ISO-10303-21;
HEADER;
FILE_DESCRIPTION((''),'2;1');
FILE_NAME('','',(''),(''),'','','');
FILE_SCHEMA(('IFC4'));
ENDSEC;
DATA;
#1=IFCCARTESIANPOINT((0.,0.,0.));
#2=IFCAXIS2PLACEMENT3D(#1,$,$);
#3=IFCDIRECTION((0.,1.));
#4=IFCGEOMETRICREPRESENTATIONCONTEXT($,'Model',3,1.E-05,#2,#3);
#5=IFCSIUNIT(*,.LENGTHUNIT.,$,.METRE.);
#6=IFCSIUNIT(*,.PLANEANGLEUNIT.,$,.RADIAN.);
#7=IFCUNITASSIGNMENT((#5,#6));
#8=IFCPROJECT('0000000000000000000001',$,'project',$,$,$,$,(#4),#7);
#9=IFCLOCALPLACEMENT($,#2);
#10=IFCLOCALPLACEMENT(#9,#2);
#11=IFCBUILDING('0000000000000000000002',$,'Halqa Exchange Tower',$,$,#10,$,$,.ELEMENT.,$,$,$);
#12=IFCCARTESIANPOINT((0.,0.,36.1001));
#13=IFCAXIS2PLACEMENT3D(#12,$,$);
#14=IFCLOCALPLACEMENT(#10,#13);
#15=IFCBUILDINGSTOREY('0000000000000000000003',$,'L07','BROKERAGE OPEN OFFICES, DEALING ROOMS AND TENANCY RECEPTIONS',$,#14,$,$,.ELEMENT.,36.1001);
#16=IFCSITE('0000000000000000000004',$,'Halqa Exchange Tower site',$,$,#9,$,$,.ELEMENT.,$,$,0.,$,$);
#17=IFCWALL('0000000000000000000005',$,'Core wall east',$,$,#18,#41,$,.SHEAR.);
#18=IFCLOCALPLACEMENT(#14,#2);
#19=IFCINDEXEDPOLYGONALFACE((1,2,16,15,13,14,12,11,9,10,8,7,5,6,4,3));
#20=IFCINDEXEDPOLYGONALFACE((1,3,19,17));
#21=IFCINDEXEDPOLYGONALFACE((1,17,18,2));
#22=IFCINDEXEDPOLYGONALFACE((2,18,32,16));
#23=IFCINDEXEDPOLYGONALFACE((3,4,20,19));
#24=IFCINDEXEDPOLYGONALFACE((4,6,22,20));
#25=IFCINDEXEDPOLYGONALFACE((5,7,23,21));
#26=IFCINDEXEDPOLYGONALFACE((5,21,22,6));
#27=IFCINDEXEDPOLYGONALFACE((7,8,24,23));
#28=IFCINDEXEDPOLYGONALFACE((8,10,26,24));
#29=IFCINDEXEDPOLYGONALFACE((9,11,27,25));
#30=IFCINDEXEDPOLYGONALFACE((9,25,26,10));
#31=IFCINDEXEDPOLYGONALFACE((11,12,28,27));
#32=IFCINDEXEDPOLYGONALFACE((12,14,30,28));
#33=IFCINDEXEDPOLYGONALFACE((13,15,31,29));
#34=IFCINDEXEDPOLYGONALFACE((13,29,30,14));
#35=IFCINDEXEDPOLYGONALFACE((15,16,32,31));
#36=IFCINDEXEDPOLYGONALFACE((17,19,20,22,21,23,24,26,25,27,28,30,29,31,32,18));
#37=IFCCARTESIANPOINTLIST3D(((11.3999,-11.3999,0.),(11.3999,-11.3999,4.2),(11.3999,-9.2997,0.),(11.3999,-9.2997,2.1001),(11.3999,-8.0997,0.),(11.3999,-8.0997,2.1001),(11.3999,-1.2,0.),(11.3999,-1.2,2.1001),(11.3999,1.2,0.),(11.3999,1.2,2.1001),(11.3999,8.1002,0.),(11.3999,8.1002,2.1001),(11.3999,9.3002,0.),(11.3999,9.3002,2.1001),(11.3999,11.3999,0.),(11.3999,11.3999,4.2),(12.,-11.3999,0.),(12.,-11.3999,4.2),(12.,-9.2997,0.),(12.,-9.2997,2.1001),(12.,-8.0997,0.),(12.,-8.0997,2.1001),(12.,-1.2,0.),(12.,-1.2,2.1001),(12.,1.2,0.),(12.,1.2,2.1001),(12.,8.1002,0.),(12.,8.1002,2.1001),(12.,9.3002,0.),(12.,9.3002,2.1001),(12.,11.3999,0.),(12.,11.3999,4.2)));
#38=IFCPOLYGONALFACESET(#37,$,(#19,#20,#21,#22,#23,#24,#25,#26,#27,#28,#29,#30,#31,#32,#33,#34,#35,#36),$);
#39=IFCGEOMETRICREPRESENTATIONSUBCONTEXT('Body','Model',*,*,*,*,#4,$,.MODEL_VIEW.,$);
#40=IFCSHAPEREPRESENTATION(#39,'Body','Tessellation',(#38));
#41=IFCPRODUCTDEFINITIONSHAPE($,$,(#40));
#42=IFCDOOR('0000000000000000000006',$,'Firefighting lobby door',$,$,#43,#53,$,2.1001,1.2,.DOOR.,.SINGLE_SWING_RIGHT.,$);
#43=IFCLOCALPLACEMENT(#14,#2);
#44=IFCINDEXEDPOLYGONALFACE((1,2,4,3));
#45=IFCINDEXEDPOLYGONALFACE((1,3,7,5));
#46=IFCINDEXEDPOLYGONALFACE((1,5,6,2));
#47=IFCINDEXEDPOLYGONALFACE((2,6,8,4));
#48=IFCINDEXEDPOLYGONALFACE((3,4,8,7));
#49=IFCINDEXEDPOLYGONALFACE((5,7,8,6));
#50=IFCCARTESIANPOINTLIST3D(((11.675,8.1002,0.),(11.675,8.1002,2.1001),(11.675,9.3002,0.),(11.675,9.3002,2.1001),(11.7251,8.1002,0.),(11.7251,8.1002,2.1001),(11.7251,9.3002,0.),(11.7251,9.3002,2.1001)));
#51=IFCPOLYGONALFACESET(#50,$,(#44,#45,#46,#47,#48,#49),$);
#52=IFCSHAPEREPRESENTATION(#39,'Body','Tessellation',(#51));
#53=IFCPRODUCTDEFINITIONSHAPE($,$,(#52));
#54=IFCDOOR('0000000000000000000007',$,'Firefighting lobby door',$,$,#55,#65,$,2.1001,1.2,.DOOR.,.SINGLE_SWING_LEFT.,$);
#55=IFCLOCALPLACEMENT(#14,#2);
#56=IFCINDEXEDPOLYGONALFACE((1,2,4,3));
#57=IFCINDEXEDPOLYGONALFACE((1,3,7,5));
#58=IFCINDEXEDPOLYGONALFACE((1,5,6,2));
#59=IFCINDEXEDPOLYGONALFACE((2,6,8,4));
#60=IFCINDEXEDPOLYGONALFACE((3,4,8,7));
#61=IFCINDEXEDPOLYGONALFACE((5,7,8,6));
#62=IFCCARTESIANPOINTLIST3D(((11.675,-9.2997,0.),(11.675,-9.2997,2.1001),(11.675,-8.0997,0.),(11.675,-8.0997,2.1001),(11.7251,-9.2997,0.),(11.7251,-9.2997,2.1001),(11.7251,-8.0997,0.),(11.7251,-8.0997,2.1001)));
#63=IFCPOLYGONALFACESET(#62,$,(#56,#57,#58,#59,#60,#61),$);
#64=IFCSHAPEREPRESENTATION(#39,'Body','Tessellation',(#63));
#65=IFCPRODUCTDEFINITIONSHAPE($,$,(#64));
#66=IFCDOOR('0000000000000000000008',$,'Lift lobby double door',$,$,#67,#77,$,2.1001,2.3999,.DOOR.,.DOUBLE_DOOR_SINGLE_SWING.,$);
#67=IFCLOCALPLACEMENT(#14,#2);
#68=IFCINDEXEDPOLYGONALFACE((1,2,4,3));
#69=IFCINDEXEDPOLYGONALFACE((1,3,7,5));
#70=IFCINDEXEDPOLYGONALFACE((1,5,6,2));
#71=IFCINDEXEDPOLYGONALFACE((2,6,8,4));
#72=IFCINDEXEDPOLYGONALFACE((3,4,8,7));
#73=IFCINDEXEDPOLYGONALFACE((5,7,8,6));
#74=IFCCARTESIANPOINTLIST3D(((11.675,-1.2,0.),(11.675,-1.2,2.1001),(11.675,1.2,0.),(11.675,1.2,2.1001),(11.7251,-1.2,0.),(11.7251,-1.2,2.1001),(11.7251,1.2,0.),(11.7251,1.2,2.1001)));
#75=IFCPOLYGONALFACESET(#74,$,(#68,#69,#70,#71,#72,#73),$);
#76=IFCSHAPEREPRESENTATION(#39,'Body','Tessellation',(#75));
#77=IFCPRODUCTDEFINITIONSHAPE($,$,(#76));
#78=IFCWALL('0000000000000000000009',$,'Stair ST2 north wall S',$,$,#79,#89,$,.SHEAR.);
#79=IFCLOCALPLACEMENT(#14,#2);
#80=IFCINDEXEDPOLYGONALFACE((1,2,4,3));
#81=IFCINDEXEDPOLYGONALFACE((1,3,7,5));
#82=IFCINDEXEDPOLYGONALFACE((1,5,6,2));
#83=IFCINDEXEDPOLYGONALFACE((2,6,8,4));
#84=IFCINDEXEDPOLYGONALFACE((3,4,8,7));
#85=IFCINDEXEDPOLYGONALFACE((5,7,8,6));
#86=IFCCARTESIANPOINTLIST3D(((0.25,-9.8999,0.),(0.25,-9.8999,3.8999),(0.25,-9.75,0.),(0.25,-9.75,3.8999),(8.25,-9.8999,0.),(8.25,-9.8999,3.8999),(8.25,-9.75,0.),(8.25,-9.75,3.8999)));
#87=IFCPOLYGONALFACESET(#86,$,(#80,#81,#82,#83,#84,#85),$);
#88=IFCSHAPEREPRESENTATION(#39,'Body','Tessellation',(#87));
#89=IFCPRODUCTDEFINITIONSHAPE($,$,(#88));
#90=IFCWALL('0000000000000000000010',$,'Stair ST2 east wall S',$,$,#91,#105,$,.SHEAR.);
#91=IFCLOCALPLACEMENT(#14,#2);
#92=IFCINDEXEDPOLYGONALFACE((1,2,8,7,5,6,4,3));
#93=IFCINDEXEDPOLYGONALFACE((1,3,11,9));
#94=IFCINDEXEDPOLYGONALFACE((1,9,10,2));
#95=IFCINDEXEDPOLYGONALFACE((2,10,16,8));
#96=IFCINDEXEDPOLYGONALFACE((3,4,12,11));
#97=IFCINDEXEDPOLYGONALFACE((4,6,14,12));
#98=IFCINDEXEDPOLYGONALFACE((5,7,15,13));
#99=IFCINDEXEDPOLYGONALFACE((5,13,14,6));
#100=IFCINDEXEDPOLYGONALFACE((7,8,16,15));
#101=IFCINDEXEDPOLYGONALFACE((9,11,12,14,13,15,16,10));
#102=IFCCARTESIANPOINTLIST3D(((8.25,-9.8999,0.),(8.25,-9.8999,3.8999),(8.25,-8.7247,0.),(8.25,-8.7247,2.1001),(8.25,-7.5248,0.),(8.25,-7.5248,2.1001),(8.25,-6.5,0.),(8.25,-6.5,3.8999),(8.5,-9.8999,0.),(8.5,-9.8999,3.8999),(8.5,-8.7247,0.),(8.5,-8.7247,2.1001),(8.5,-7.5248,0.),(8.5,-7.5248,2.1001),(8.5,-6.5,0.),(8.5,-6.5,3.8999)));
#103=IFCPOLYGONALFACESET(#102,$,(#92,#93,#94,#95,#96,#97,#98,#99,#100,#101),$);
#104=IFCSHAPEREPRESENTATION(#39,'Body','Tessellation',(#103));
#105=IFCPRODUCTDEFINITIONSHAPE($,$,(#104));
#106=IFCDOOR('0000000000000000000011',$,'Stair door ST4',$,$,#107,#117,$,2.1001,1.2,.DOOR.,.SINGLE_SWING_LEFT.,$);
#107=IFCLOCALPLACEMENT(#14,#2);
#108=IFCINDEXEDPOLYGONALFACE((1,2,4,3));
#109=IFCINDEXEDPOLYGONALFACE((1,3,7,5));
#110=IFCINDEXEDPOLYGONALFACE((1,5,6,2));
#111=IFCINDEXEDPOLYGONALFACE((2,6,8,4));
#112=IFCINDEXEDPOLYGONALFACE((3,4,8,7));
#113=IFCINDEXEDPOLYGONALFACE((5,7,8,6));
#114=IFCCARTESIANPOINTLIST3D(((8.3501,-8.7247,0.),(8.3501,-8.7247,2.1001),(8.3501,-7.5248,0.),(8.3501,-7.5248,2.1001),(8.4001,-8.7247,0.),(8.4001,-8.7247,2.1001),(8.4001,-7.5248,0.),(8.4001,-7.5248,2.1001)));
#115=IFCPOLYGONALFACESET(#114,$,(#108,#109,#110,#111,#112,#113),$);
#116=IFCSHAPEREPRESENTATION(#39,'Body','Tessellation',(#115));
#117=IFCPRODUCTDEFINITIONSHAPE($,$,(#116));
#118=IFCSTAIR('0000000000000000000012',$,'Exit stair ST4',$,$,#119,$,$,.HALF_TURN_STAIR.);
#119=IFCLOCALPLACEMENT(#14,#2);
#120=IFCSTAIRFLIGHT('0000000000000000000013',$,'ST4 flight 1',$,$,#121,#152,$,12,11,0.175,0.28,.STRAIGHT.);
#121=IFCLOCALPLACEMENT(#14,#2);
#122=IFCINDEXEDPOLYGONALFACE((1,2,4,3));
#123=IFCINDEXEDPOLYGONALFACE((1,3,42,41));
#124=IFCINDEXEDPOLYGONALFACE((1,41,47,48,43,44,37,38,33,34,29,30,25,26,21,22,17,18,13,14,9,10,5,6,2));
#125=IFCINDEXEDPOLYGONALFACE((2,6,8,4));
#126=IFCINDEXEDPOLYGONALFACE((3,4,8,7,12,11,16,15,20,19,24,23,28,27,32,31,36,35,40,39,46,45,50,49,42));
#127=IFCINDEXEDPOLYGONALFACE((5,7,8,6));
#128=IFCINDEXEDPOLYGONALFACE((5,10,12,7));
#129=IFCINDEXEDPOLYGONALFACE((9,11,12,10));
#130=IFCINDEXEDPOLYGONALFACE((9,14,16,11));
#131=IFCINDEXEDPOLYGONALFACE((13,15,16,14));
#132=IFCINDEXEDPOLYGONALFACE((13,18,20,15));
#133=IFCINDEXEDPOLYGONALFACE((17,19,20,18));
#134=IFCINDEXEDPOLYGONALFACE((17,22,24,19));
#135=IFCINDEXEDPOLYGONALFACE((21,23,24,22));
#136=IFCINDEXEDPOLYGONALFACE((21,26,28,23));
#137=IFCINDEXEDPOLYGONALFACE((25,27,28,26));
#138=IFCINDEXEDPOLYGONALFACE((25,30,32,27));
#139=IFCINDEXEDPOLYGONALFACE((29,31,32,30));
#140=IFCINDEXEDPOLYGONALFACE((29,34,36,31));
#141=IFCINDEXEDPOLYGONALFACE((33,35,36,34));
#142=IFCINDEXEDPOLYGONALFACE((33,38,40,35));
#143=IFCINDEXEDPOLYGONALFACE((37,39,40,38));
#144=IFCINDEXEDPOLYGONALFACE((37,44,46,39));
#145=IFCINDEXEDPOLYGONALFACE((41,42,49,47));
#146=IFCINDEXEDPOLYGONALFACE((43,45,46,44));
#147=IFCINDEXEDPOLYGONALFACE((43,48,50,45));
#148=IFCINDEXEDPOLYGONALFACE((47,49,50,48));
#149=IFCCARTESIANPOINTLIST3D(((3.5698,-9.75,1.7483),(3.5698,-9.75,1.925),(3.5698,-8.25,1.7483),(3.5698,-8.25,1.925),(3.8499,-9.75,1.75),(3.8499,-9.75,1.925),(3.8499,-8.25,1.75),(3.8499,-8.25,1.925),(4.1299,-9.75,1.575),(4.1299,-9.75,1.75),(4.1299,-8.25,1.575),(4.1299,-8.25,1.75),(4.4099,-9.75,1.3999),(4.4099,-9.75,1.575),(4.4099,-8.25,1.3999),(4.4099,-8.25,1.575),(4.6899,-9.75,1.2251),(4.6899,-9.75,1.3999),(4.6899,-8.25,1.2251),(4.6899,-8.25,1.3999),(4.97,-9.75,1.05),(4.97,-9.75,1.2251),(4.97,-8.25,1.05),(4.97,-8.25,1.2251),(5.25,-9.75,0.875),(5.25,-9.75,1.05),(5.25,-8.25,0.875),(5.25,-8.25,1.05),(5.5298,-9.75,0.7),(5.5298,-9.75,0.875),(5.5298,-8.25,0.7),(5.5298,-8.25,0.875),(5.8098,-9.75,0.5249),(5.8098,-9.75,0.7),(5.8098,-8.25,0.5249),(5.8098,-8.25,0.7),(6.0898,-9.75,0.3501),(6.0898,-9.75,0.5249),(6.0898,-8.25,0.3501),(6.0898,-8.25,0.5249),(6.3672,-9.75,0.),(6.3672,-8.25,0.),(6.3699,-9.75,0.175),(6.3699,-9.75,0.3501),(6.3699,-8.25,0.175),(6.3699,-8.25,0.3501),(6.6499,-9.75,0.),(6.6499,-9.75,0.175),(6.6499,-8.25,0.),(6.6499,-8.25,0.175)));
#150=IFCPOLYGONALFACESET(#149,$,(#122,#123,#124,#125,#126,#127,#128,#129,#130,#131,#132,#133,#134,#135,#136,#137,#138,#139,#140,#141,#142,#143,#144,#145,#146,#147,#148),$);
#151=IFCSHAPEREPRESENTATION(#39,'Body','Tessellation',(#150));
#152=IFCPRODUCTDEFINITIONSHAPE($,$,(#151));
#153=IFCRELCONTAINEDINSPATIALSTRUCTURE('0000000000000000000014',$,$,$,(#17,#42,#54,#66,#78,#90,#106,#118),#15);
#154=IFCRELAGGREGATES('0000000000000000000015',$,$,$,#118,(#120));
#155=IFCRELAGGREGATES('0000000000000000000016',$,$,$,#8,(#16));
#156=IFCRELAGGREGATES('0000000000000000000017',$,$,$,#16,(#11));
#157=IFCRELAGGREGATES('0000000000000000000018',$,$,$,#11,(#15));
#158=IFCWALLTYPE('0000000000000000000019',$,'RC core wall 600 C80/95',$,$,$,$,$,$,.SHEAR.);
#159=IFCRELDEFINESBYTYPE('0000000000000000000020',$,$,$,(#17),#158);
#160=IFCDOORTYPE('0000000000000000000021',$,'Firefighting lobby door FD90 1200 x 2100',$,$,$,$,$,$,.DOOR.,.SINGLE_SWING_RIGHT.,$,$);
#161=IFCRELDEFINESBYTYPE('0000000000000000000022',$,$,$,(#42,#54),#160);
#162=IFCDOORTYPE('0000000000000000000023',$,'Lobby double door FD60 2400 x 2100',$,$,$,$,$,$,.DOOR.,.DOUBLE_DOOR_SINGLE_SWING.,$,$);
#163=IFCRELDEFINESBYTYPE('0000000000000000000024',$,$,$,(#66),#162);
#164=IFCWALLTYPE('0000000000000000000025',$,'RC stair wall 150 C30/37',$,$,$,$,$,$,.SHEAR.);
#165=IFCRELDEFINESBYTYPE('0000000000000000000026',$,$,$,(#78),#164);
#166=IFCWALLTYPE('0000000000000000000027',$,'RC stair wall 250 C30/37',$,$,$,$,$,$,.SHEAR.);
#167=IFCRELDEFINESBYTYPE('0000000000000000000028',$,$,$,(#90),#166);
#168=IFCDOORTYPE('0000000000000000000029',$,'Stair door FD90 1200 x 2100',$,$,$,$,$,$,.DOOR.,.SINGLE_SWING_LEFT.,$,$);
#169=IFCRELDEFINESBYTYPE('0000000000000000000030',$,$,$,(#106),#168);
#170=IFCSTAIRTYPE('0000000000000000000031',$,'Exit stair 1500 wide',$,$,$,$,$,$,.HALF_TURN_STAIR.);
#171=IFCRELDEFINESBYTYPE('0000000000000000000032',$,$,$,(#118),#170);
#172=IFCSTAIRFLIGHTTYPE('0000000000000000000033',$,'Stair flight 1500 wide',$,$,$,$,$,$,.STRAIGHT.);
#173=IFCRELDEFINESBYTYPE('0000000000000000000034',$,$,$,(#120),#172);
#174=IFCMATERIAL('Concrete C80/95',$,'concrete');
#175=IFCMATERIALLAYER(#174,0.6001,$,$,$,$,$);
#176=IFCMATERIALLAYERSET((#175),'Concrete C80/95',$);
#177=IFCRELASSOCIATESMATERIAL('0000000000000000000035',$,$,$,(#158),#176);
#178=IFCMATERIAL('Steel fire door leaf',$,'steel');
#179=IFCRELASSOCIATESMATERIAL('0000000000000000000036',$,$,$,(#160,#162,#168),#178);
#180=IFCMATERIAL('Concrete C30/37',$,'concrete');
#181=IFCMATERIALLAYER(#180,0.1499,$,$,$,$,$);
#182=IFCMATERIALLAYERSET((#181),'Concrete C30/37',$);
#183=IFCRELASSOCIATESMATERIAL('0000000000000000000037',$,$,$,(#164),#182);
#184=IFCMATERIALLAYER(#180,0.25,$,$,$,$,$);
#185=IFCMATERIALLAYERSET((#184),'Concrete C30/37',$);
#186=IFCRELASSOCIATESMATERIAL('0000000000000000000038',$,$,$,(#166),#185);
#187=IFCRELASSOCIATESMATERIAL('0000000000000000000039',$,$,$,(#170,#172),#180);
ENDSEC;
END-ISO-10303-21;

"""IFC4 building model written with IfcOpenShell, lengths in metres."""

from ifc_helpers import new_model, si_unit, direction, frame, frame_2d, origin, place, context, subcontext, project, spatial, polyline, rectangle, outline, extrude, material, layer, layer_set, type_object, element, fill, aggregate, save


model = new_model("IFC4")

# Units and contexts
model_context = context("Model", 3, precision=1e-05, world=origin(), true_north=direction((0.0, 1.0)))
body_context = subcontext(model_context, "Body", "Model", "MODEL_VIEW")
ifc_project = project(units=[si_unit("LENGTHUNIT", "METRE"), si_unit("PLANEANGLEUNIT", "RADIAN")], contexts=[model_context])

# Site, building, storey
site_placement = place(None, origin())
site = spatial("IfcSite", under=ifc_project, at=site_placement, Name="Halqa Exchange Tower site", CompositionType="ELEMENT", RefElevation=0.0)
building_placement = place(site_placement, origin())
building = spatial("IfcBuilding", under=site, at=building_placement, Name="Halqa Exchange Tower", CompositionType="ELEMENT")
storey_placement = place(building_placement, frame((0.0, 0.0, 36.1001)))
storey = spatial("IfcBuildingStorey", under=building, at=storey_placement, Name="L07", Description="BROKERAGE OPEN OFFICES, DEALING ROOMS AND TENANCY RECEPTIONS", CompositionType="ELEMENT", Elevation=36.1001)

# Wall, openings, doors
ifc_material_1 = material(Name="Concrete C80/95", Category="concrete")
ifc_layer_1 = layer(ifc_material_1, 0.6001)
ifc_layer_set_1 = layer_set([ifc_layer_1], Name="Concrete C80/95")
wall_type_1 = type_object("IfcWallType", Name="RC core wall 600 C80/95", PredefinedType="SHEAR", material=ifc_layer_set_1)
wall_1_placement = place(storey_placement, frame((11.7, -11.3999, 0.0), z_axis=(0.0, 0.0, 1.0), x_axis=(0.0, 1.0, 0.0)))
wall_1 = element("IfcWall", 1, at=wall_1_placement, inside=storey, type_object=wall_type_1, Name="Core wall east", PredefinedType="SHEAR", context=body_context, shape_type="SweptSolid", body=[
    extrude(rectangle(XDim=22.7998, YDim=0.6001, at=frame_2d((11.3999, 0.0))), origin(), (0.0, 0.0, 1.0), 4.2),
])
opening_1_placement = place(wall_1_placement, frame((10.2, 0.0, 0.0)))
opening_1 = element("IfcOpeningElement", 2, at=opening_1_placement, cuts=wall_1, PredefinedType="OPENING", context=body_context, shape_type="SweptSolid", body=[
    extrude(rectangle(XDim=2.3999, YDim=2.1001, at=frame_2d((1.2, 1.05))), frame((0.0, 0.312, 0.0), z_axis=(0.0, -1.0, 0.0), x_axis=(1.0, 0.0, 0.0)), (0.0, 0.0, 1.0), 0.624),
])
opening_2_placement = place(wall_1_placement, frame((19.5, 0.0, 0.0)))
opening_2 = element("IfcOpeningElement", 3, at=opening_2_placement, cuts=wall_1, PredefinedType="OPENING", context=body_context, shape_type="SweptSolid", body=[
    extrude(rectangle(XDim=1.2, YDim=2.1001, at=frame_2d((0.6001, 1.05))), frame((0.0, 0.312, 0.0), z_axis=(0.0, -1.0, 0.0), x_axis=(1.0, 0.0, 0.0)), (0.0, 0.0, 1.0), 0.624),
])
opening_3_placement = place(wall_1_placement, frame((2.1001, 0.0, 0.0)))
opening_3 = element("IfcOpeningElement", 4, at=opening_3_placement, cuts=wall_1, PredefinedType="OPENING", context=body_context, shape_type="SweptSolid", body=[
    extrude(rectangle(XDim=1.2, YDim=2.1001, at=frame_2d((0.6001, 1.05))), frame((0.0, 0.312, 0.0), z_axis=(0.0, -1.0, 0.0), x_axis=(1.0, 0.0, 0.0)), (0.0, 0.0, 1.0), 0.624),
])
ifc_material_2 = material(Name="Steel fire door leaf", Category="steel")
door_type_1 = type_object("IfcDoorType", Name="Firefighting lobby door FD90 1200 x 2100", OperationType="SINGLE_SWING_RIGHT", PredefinedType="DOOR", material=ifc_material_2)
door_1_placement = place(opening_2_placement, origin())
door_1 = element("IfcDoor", 5, at=door_1_placement, inside=storey, type_object=door_type_1, Name="Firefighting lobby door", OperationType="SINGLE_SWING_RIGHT", OverallHeight=2.1001, OverallWidth=1.2, PredefinedType="DOOR", context=body_context, shape_type="SweptSolid", body=[
    extrude(rectangle(XDim=1.2, YDim=2.1001, at=frame_2d((0.6001, 1.05))), frame((0.0, 0.0249, 0.0), z_axis=(0.0, -1.0, 0.0), x_axis=(1.0, 0.0, 0.0)), (0.0, 0.0, 1.0), 0.05),
])
fill(opening_2, door_1)
door_2_placement = place(opening_3_placement, origin())
door_2 = element("IfcDoor", 6, at=door_2_placement, inside=storey, type_object=door_type_1, Name="Firefighting lobby door", OperationType="SINGLE_SWING_LEFT", OverallHeight=2.1001, OverallWidth=1.2, PredefinedType="DOOR", context=body_context, shape_type="SweptSolid", body=[
    extrude(rectangle(XDim=1.2, YDim=2.1001, at=frame_2d((0.6001, 1.05))), frame((0.0, 0.0249, 0.0), z_axis=(0.0, -1.0, 0.0), x_axis=(1.0, 0.0, 0.0)), (0.0, 0.0, 1.0), 0.05),
])
fill(opening_3, door_2)
door_type_2 = type_object("IfcDoorType", Name="Lobby double door FD60 2400 x 2100", OperationType="DOUBLE_DOOR_SINGLE_SWING", PredefinedType="DOOR", material=ifc_material_2)
door_3_placement = place(opening_1_placement, origin())
door_3 = element("IfcDoor", 7, at=door_3_placement, inside=storey, type_object=door_type_2, Name="Lift lobby double door", OperationType="DOUBLE_DOOR_SINGLE_SWING", OverallHeight=2.1001, OverallWidth=2.3999, PredefinedType="DOOR", context=body_context, shape_type="SweptSolid", body=[
    extrude(rectangle(XDim=2.3999, YDim=2.1001, at=frame_2d((1.2, 1.05))), frame((0.0, 0.0249, 0.0), z_axis=(0.0, -1.0, 0.0), x_axis=(1.0, 0.0, 0.0)), (0.0, 0.0, 1.0), 0.05),
])
fill(opening_1, door_3)

# Wall
ifc_material_3 = material(Name="Concrete C30/37", Category="concrete")
ifc_layer_2 = layer(ifc_material_3, 0.1499)
ifc_layer_set_2 = layer_set([ifc_layer_2], Name="Concrete C30/37")
wall_type_2 = type_object("IfcWallType", Name="RC stair wall 150 C30/37", PredefinedType="SHEAR", material=ifc_layer_set_2)
wall_2_placement = place(storey_placement, frame((0.25, -9.825, 0.0), z_axis=(0.0, 0.0, 1.0), x_axis=(1.0, 0.0, 0.0)))
element("IfcWall", 8, at=wall_2_placement, inside=storey, type_object=wall_type_2, Name="Stair ST2 north wall S", PredefinedType="SHEAR", context=body_context, shape_type="SweptSolid", body=[
    extrude(rectangle(XDim=8.0, YDim=0.1499, at=frame_2d((4.0, 0.0))), origin(), (0.0, 0.0, 1.0), 3.8999),
])

# Wall, opening, door
ifc_layer_3 = layer(ifc_material_3, 0.25)
ifc_layer_set_3 = layer_set([ifc_layer_3], Name="Concrete C30/37")
wall_type_3 = type_object("IfcWallType", Name="RC stair wall 250 C30/37", PredefinedType="SHEAR", material=ifc_layer_set_3)
wall_3_placement = place(storey_placement, frame((8.375, -9.8999, 0.0), z_axis=(0.0, 0.0, 1.0), x_axis=(0.0, 1.0, 0.0)))
wall_3 = element("IfcWall", 9, at=wall_3_placement, inside=storey, type_object=wall_type_3, Name="Stair ST2 east wall S", PredefinedType="SHEAR", context=body_context, shape_type="SweptSolid", body=[
    extrude(rectangle(XDim=3.3999, YDim=0.25, at=frame_2d((1.7, 0.0))), origin(), (0.0, 0.0, 1.0), 3.8999),
])
opening_4_placement = place(wall_3_placement, frame((1.175, 0.0, 0.0)))
opening_4 = element("IfcOpeningElement", 10, at=opening_4_placement, cuts=wall_3, PredefinedType="OPENING", context=body_context, shape_type="SweptSolid", body=[
    extrude(rectangle(XDim=1.2, YDim=2.1001, at=frame_2d((0.6001, 1.05))), frame((0.0, 0.137, 0.0), z_axis=(0.0, -1.0, 0.0), x_axis=(1.0, 0.0, 0.0)), (0.0, 0.0, 1.0), 0.2739),
])
door_type_3 = type_object("IfcDoorType", Name="Stair door FD90 1200 x 2100", OperationType="SINGLE_SWING_LEFT", PredefinedType="DOOR", material=ifc_material_2)
door_4_placement = place(opening_4_placement, origin())
door_4 = element("IfcDoor", 11, at=door_4_placement, inside=storey, type_object=door_type_3, Name="Stair door ST4", OperationType="SINGLE_SWING_LEFT", OverallHeight=2.1001, OverallWidth=1.2, PredefinedType="DOOR", context=body_context, shape_type="SweptSolid", body=[
    extrude(rectangle(XDim=1.2, YDim=2.1001, at=frame_2d((0.6001, 1.05))), frame((0.0, 0.0249, 0.0), z_axis=(0.0, -1.0, 0.0), x_axis=(1.0, 0.0, 0.0)), (0.0, 0.0, 1.0), 0.05),
])
fill(opening_4, door_4)

# Stair, stair flight
stair_type = type_object("IfcStairType", Name="Exit stair 1500 wide", PredefinedType="HALF_TURN_STAIR", material=ifc_material_3)
stair_placement = place(storey_placement, origin())
stair = element("IfcStair", 12, at=stair_placement, inside=storey, type_object=stair_type, Name="Exit stair ST4", PredefinedType="HALF_TURN_STAIR")
stair_flight_type = type_object("IfcStairFlightType", Name="Stair flight 1500 wide", PredefinedType="STRAIGHT", material=ifc_material_3)
stair_flight_1_placement = place(storey_placement, frame((6.6499, -9.0, 0.0), z_axis=(0.0, 0.0, 1.0), x_axis=(-1.0, 0.0, 0.0)))
stair_flight_1 = element("IfcStairFlight", 13, at=stair_flight_1_placement, type_object=stair_flight_type, Name="ST4 flight 1", NumberOfRisers=12, NumberOfTreads=11, PredefinedType="STRAIGHT", RiserHeight=0.175, TreadLength=0.28, context=body_context, shape_type="SweptSolid", body=[
    extrude(outline(polyline([(0.0, 0.0), (0.0, 0.175), (0.28, 0.175), (0.28, 0.3501), (0.5601, 0.3501), (0.5601, 0.5249), (0.8401, 0.5249), (0.8401, 0.7), (1.1201, 0.7), (1.1201, 0.875), (1.3999, 0.875), (1.3999, 1.05), (1.6799, 1.05), (1.6799, 1.2251), (1.96, 1.2251), (1.96, 1.3999), (2.24, 1.3999), (2.24, 1.575), (2.52, 1.575), (2.52, 1.75), (2.8, 1.75), (2.8, 1.925), (3.0801, 1.925), (3.0801, 2.1001), (3.0801, 1.7483), (0.2827, 0.0), (0.0, 0.0)])), frame((0.0, 0.75, 0.0), z_axis=(0.0, -1.0, 0.0), x_axis=(1.0, 0.0, 0.0)), (0.0, 0.0, 1.0), 1.5),
])
aggregate(stair, [stair_flight_1])

save(model, "model.ifc")
